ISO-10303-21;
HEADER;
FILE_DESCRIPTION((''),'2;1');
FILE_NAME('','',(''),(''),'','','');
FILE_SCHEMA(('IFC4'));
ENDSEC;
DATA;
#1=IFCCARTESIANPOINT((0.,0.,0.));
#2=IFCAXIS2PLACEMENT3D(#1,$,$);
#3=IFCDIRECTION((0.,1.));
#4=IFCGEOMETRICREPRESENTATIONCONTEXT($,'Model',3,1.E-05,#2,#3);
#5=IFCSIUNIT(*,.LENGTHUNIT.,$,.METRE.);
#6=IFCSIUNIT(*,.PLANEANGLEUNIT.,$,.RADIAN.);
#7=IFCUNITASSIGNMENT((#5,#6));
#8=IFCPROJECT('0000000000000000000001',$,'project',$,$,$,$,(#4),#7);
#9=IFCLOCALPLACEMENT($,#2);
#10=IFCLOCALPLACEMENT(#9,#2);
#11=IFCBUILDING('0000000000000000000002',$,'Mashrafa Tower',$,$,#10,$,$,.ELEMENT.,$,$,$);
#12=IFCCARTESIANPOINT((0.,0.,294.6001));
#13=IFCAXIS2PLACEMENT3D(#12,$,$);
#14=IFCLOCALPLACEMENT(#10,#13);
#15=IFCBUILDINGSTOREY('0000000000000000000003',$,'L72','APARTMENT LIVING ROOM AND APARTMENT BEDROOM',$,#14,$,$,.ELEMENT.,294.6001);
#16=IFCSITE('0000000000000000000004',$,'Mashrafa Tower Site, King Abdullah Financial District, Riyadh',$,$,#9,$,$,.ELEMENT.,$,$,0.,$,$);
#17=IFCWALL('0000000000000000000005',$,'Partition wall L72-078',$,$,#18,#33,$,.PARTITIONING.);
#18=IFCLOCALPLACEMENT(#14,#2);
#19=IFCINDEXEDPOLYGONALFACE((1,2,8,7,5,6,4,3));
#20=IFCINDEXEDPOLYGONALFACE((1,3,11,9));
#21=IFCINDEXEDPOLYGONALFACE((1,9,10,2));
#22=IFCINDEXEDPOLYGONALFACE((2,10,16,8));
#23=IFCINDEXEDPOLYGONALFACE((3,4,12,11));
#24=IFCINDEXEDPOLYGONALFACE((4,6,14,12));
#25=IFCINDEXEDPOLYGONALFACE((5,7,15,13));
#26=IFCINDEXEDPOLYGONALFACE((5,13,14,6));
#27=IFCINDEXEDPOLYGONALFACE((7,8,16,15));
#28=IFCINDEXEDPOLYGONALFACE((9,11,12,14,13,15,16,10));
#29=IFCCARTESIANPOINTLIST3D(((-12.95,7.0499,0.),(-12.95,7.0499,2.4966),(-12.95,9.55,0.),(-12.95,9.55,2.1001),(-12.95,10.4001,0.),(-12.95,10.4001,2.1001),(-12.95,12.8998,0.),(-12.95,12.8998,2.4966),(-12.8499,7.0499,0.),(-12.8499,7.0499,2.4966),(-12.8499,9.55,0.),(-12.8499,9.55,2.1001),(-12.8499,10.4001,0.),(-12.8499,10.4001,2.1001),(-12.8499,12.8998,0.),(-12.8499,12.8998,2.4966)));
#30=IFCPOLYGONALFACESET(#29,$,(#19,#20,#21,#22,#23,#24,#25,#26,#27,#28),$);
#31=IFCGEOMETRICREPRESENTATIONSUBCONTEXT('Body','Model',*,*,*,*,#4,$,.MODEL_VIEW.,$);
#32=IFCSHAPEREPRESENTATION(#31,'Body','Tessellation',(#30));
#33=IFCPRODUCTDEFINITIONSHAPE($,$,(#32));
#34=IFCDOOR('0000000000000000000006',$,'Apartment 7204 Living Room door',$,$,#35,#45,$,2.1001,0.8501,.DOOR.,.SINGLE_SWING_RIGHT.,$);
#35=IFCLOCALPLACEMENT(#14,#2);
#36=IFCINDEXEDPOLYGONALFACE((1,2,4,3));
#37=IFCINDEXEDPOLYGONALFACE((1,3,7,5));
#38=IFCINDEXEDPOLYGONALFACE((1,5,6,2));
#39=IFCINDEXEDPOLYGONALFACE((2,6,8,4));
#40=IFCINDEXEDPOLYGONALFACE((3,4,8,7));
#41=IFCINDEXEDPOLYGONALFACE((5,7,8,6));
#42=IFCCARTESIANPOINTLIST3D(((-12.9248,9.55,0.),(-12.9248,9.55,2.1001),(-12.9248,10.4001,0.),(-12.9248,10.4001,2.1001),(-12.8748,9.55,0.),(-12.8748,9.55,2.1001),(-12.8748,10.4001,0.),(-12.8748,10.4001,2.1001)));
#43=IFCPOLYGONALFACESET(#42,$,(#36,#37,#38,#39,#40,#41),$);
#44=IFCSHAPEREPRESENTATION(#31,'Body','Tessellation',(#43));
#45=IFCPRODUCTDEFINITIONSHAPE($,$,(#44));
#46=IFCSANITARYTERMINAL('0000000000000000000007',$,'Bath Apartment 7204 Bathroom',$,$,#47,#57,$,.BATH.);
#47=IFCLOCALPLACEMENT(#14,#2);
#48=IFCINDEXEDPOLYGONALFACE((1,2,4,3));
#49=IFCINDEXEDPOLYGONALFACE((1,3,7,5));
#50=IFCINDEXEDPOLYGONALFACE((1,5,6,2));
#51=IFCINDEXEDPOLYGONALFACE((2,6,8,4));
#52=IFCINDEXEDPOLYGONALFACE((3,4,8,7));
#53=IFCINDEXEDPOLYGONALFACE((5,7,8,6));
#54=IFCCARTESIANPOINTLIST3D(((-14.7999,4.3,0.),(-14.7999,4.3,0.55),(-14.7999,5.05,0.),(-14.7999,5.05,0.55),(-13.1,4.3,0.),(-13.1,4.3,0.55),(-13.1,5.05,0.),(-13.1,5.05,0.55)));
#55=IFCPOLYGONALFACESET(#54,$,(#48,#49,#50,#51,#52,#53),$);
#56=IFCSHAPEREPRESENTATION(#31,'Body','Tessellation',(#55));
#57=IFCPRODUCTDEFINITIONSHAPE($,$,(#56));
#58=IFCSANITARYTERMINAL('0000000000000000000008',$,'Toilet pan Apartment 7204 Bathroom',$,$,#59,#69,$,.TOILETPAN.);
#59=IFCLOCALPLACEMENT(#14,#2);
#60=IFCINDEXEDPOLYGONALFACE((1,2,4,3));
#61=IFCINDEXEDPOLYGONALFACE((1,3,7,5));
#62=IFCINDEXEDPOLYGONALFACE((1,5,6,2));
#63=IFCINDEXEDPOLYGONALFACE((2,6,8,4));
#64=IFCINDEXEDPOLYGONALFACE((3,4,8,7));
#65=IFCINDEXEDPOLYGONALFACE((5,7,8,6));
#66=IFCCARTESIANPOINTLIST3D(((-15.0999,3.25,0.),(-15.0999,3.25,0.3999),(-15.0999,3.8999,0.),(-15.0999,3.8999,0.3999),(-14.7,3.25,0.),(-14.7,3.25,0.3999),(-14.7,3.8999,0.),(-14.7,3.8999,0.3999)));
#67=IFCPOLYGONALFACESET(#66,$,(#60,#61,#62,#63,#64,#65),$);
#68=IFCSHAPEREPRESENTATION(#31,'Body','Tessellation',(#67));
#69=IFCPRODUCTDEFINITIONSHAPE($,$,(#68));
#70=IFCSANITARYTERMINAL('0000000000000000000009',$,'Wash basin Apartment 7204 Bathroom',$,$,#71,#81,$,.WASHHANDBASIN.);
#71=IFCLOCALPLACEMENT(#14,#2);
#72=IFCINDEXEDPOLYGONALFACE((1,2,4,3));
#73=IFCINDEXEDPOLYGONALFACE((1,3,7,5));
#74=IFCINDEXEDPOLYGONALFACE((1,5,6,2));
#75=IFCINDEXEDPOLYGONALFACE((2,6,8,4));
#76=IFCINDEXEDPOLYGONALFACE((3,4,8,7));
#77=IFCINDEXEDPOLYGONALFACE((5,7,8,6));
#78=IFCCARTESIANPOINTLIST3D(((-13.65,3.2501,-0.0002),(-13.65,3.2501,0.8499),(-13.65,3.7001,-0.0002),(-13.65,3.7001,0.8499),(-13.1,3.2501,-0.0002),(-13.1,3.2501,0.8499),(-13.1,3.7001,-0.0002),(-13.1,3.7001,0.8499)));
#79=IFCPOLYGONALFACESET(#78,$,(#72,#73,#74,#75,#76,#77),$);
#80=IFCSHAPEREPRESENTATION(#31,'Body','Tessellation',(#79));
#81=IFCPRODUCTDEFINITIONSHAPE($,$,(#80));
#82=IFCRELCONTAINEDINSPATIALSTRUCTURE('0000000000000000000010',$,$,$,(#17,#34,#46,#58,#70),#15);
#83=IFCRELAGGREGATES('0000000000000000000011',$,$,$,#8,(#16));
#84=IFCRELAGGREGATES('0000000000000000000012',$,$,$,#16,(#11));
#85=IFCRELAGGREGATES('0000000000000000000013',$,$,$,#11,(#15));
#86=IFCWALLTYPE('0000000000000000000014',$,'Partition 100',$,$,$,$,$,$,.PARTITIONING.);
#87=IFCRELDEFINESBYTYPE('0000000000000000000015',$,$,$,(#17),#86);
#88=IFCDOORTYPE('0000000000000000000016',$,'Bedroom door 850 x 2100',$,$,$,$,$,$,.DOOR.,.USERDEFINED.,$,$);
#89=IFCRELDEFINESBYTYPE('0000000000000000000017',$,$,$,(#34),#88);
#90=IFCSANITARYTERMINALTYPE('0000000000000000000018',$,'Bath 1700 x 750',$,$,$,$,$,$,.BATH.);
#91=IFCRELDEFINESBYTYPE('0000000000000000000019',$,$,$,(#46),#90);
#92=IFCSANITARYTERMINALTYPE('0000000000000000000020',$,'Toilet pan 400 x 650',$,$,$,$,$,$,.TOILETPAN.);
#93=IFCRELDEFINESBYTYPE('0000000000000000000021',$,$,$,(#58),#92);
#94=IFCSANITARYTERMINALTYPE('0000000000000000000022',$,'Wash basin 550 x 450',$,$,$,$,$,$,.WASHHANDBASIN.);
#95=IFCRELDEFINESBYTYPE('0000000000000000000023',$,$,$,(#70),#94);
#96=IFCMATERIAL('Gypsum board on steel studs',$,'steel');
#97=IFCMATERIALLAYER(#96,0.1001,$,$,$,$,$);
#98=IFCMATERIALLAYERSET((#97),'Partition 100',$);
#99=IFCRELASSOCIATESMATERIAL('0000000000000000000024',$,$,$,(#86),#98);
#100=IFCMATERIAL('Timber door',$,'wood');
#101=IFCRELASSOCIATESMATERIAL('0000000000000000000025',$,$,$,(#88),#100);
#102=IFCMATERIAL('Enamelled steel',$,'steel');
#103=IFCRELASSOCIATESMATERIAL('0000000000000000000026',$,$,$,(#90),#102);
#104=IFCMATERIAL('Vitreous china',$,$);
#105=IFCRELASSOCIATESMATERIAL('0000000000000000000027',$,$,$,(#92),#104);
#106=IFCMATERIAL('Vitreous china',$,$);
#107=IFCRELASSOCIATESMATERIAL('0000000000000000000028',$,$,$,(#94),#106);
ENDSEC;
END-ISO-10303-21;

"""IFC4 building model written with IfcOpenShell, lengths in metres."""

from ifc_helpers import new_model, si_unit, direction, frame, frame_2d, origin, origin_2d, place, context, subcontext, project, spatial, rectangle, extrude, material, layer, layer_set, type_object, element, fill, save


model = new_model("IFC4")

# Units and contexts
model_context = context("Model", 3, precision=1e-05, world=origin(), true_north=direction((0.0, 1.0)))
body_context = subcontext(model_context, "Body", "Model", "MODEL_VIEW")
ifc_project = project(units=[si_unit("LENGTHUNIT", "METRE"), si_unit("PLANEANGLEUNIT", "RADIAN")], contexts=[model_context])

# Site, building, storey
site_placement = place(None, origin())
site = spatial("IfcSite", under=ifc_project, at=site_placement, Name="Mashrafa Tower Site, King Abdullah Financial District, Riyadh", CompositionType="ELEMENT", RefElevation=0.0)
building_placement = place(site_placement, origin())
building = spatial("IfcBuilding", under=site, at=building_placement, Name="Mashrafa Tower", CompositionType="ELEMENT")
storey_placement = place(building_placement, frame((0.0, 0.0, 294.6001)))
storey = spatial("IfcBuildingStorey", under=building, at=storey_placement, Name="L72", Description="APARTMENT LIVING ROOM AND APARTMENT BEDROOM", CompositionType="ELEMENT", Elevation=294.6001)

# Shared definitions
ifc_material_1 = material(Name="Gypsum board on steel studs", Category="steel")
ifc_layer_1 = layer(ifc_material_1, 0.1001)
ifc_layer_set_1 = layer_set([ifc_layer_1], Name="Partition 100")
wall_type_1 = type_object("IfcWallType", Name="Partition 100", PredefinedType="PARTITIONING", material=ifc_layer_set_1)

# Wall, opening, door
wall_1_placement = place(storey_placement, frame((-12.8999, 7.05, 0.0), z_axis=(0.0, 0.0, 1.0), x_axis=(0.0, 1.0, 0.0)))
wall_1 = element("IfcWall", 1, at=wall_1_placement, inside=storey, type_object=wall_type_1, Name="Partition wall L72-078", PredefinedType="PARTITIONING", context=body_context, shape_type="SweptSolid", body=[
    extrude(rectangle(XDim=5.8499, YDim=0.1001, at=frame_2d((2.9248, 0.0))), origin(), (0.0, 0.0, 1.0), 2.4966),
])
opening_1_placement = place(wall_1_placement, frame((2.5, 0.0, 0.0)))
opening_1 = element("IfcOpeningElement", 2, at=opening_1_placement, cuts=wall_1, PredefinedType="OPENING", context=body_context, shape_type="SweptSolid", body=[
    extrude(rectangle(XDim=0.8501, YDim=2.1001, at=frame_2d((0.425, 1.05))), frame((0.0, 0.0601, 0.0), z_axis=(0.0, -1.0, 0.0), x_axis=(1.0, 0.0, 0.0)), (0.0, 0.0, 1.0), 0.1201),
])
ifc_material_2 = material(Name="Timber door", Category="wood")
door_type_1 = type_object("IfcDoorType", Name="Bedroom door 850 x 2100", OperationType="USERDEFINED", PredefinedType="DOOR", material=ifc_material_2)
door_1_placement = place(opening_1_placement, origin())
door_1 = element("IfcDoor", 3, at=door_1_placement, inside=storey, type_object=door_type_1, Name="Apartment 7204 Living Room door", OperationType="SINGLE_SWING_RIGHT", OverallHeight=2.1001, OverallWidth=0.8501, PredefinedType="DOOR", context=body_context, shape_type="SweptSolid", body=[
    extrude(rectangle(XDim=0.8501, YDim=2.1001, at=frame_2d((0.425, 1.05))), frame((0.0, 0.0249, 0.0), z_axis=(0.0, -1.0, 0.0), x_axis=(1.0, 0.0, 0.0)), (0.0, 0.0, 1.0), 0.05),
])
fill(opening_1, door_1)

# Sanitary terminals
ifc_material_3 = material(Name="Enamelled steel", Category="steel")
sanitary_terminal_type_1 = type_object("IfcSanitaryTerminalType", Name="Bath 1700 x 750", PredefinedType="BATH", material=ifc_material_3)
sanitary_terminal_1_placement = place(storey_placement, frame((-13.95, 4.675, 0.0), z_axis=(0.0, 0.0, 1.0), x_axis=(-1.0, 0.0, 0.0)))
element("IfcSanitaryTerminal", 4, at=sanitary_terminal_1_placement, inside=storey, type_object=sanitary_terminal_type_1, Name="Bath Apartment 7204 Bathroom", PredefinedType="BATH", context=body_context, shape_type="SweptSolid", body=[
    extrude(rectangle(XDim=1.7, YDim=0.75, at=origin_2d()), origin(), (0.0, 0.0, 1.0), 0.55),
])
ifc_material_4 = material(Name="Vitreous china")
sanitary_terminal_type_2 = type_object("IfcSanitaryTerminalType", Name="Toilet pan 400 x 650", PredefinedType="TOILETPAN", material=ifc_material_4)
sanitary_terminal_2_placement = place(storey_placement, frame((-14.8999, 3.575, 0.0), z_axis=(0.0, 0.0, 1.0), x_axis=(1.0, 0.0, 0.0)))
element("IfcSanitaryTerminal", 5, at=sanitary_terminal_2_placement, inside=storey, type_object=sanitary_terminal_type_2, Name="Toilet pan Apartment 7204 Bathroom", PredefinedType="TOILETPAN", context=body_context, shape_type="SweptSolid", body=[
    extrude(rectangle(XDim=0.3999, YDim=0.6499, at=origin_2d()), origin(), (0.0, 0.0, 1.0), 0.3999),
])
ifc_material_5 = material(Name="Vitreous china")
sanitary_terminal_type_3 = type_object("IfcSanitaryTerminalType", Name="Wash basin 550 x 450", PredefinedType="WASHHANDBASIN", material=ifc_material_5)
sanitary_terminal_3_placement = place(storey_placement, frame((-13.375, 3.4751, -0.0002), z_axis=(0.0, 0.0, 1.0), x_axis=(1.0, 0.0, 0.0)))
element("IfcSanitaryTerminal", 6, at=sanitary_terminal_3_placement, inside=storey, type_object=sanitary_terminal_type_3, Name="Wash basin Apartment 7204 Bathroom", PredefinedType="WASHHANDBASIN", context=body_context, shape_type="SweptSolid", body=[
    extrude(rectangle(XDim=0.55, YDim=0.45, at=origin_2d()), origin(), (0.0, 0.0, 1.0), 0.8501),
])

save(model, "model.ifc")
